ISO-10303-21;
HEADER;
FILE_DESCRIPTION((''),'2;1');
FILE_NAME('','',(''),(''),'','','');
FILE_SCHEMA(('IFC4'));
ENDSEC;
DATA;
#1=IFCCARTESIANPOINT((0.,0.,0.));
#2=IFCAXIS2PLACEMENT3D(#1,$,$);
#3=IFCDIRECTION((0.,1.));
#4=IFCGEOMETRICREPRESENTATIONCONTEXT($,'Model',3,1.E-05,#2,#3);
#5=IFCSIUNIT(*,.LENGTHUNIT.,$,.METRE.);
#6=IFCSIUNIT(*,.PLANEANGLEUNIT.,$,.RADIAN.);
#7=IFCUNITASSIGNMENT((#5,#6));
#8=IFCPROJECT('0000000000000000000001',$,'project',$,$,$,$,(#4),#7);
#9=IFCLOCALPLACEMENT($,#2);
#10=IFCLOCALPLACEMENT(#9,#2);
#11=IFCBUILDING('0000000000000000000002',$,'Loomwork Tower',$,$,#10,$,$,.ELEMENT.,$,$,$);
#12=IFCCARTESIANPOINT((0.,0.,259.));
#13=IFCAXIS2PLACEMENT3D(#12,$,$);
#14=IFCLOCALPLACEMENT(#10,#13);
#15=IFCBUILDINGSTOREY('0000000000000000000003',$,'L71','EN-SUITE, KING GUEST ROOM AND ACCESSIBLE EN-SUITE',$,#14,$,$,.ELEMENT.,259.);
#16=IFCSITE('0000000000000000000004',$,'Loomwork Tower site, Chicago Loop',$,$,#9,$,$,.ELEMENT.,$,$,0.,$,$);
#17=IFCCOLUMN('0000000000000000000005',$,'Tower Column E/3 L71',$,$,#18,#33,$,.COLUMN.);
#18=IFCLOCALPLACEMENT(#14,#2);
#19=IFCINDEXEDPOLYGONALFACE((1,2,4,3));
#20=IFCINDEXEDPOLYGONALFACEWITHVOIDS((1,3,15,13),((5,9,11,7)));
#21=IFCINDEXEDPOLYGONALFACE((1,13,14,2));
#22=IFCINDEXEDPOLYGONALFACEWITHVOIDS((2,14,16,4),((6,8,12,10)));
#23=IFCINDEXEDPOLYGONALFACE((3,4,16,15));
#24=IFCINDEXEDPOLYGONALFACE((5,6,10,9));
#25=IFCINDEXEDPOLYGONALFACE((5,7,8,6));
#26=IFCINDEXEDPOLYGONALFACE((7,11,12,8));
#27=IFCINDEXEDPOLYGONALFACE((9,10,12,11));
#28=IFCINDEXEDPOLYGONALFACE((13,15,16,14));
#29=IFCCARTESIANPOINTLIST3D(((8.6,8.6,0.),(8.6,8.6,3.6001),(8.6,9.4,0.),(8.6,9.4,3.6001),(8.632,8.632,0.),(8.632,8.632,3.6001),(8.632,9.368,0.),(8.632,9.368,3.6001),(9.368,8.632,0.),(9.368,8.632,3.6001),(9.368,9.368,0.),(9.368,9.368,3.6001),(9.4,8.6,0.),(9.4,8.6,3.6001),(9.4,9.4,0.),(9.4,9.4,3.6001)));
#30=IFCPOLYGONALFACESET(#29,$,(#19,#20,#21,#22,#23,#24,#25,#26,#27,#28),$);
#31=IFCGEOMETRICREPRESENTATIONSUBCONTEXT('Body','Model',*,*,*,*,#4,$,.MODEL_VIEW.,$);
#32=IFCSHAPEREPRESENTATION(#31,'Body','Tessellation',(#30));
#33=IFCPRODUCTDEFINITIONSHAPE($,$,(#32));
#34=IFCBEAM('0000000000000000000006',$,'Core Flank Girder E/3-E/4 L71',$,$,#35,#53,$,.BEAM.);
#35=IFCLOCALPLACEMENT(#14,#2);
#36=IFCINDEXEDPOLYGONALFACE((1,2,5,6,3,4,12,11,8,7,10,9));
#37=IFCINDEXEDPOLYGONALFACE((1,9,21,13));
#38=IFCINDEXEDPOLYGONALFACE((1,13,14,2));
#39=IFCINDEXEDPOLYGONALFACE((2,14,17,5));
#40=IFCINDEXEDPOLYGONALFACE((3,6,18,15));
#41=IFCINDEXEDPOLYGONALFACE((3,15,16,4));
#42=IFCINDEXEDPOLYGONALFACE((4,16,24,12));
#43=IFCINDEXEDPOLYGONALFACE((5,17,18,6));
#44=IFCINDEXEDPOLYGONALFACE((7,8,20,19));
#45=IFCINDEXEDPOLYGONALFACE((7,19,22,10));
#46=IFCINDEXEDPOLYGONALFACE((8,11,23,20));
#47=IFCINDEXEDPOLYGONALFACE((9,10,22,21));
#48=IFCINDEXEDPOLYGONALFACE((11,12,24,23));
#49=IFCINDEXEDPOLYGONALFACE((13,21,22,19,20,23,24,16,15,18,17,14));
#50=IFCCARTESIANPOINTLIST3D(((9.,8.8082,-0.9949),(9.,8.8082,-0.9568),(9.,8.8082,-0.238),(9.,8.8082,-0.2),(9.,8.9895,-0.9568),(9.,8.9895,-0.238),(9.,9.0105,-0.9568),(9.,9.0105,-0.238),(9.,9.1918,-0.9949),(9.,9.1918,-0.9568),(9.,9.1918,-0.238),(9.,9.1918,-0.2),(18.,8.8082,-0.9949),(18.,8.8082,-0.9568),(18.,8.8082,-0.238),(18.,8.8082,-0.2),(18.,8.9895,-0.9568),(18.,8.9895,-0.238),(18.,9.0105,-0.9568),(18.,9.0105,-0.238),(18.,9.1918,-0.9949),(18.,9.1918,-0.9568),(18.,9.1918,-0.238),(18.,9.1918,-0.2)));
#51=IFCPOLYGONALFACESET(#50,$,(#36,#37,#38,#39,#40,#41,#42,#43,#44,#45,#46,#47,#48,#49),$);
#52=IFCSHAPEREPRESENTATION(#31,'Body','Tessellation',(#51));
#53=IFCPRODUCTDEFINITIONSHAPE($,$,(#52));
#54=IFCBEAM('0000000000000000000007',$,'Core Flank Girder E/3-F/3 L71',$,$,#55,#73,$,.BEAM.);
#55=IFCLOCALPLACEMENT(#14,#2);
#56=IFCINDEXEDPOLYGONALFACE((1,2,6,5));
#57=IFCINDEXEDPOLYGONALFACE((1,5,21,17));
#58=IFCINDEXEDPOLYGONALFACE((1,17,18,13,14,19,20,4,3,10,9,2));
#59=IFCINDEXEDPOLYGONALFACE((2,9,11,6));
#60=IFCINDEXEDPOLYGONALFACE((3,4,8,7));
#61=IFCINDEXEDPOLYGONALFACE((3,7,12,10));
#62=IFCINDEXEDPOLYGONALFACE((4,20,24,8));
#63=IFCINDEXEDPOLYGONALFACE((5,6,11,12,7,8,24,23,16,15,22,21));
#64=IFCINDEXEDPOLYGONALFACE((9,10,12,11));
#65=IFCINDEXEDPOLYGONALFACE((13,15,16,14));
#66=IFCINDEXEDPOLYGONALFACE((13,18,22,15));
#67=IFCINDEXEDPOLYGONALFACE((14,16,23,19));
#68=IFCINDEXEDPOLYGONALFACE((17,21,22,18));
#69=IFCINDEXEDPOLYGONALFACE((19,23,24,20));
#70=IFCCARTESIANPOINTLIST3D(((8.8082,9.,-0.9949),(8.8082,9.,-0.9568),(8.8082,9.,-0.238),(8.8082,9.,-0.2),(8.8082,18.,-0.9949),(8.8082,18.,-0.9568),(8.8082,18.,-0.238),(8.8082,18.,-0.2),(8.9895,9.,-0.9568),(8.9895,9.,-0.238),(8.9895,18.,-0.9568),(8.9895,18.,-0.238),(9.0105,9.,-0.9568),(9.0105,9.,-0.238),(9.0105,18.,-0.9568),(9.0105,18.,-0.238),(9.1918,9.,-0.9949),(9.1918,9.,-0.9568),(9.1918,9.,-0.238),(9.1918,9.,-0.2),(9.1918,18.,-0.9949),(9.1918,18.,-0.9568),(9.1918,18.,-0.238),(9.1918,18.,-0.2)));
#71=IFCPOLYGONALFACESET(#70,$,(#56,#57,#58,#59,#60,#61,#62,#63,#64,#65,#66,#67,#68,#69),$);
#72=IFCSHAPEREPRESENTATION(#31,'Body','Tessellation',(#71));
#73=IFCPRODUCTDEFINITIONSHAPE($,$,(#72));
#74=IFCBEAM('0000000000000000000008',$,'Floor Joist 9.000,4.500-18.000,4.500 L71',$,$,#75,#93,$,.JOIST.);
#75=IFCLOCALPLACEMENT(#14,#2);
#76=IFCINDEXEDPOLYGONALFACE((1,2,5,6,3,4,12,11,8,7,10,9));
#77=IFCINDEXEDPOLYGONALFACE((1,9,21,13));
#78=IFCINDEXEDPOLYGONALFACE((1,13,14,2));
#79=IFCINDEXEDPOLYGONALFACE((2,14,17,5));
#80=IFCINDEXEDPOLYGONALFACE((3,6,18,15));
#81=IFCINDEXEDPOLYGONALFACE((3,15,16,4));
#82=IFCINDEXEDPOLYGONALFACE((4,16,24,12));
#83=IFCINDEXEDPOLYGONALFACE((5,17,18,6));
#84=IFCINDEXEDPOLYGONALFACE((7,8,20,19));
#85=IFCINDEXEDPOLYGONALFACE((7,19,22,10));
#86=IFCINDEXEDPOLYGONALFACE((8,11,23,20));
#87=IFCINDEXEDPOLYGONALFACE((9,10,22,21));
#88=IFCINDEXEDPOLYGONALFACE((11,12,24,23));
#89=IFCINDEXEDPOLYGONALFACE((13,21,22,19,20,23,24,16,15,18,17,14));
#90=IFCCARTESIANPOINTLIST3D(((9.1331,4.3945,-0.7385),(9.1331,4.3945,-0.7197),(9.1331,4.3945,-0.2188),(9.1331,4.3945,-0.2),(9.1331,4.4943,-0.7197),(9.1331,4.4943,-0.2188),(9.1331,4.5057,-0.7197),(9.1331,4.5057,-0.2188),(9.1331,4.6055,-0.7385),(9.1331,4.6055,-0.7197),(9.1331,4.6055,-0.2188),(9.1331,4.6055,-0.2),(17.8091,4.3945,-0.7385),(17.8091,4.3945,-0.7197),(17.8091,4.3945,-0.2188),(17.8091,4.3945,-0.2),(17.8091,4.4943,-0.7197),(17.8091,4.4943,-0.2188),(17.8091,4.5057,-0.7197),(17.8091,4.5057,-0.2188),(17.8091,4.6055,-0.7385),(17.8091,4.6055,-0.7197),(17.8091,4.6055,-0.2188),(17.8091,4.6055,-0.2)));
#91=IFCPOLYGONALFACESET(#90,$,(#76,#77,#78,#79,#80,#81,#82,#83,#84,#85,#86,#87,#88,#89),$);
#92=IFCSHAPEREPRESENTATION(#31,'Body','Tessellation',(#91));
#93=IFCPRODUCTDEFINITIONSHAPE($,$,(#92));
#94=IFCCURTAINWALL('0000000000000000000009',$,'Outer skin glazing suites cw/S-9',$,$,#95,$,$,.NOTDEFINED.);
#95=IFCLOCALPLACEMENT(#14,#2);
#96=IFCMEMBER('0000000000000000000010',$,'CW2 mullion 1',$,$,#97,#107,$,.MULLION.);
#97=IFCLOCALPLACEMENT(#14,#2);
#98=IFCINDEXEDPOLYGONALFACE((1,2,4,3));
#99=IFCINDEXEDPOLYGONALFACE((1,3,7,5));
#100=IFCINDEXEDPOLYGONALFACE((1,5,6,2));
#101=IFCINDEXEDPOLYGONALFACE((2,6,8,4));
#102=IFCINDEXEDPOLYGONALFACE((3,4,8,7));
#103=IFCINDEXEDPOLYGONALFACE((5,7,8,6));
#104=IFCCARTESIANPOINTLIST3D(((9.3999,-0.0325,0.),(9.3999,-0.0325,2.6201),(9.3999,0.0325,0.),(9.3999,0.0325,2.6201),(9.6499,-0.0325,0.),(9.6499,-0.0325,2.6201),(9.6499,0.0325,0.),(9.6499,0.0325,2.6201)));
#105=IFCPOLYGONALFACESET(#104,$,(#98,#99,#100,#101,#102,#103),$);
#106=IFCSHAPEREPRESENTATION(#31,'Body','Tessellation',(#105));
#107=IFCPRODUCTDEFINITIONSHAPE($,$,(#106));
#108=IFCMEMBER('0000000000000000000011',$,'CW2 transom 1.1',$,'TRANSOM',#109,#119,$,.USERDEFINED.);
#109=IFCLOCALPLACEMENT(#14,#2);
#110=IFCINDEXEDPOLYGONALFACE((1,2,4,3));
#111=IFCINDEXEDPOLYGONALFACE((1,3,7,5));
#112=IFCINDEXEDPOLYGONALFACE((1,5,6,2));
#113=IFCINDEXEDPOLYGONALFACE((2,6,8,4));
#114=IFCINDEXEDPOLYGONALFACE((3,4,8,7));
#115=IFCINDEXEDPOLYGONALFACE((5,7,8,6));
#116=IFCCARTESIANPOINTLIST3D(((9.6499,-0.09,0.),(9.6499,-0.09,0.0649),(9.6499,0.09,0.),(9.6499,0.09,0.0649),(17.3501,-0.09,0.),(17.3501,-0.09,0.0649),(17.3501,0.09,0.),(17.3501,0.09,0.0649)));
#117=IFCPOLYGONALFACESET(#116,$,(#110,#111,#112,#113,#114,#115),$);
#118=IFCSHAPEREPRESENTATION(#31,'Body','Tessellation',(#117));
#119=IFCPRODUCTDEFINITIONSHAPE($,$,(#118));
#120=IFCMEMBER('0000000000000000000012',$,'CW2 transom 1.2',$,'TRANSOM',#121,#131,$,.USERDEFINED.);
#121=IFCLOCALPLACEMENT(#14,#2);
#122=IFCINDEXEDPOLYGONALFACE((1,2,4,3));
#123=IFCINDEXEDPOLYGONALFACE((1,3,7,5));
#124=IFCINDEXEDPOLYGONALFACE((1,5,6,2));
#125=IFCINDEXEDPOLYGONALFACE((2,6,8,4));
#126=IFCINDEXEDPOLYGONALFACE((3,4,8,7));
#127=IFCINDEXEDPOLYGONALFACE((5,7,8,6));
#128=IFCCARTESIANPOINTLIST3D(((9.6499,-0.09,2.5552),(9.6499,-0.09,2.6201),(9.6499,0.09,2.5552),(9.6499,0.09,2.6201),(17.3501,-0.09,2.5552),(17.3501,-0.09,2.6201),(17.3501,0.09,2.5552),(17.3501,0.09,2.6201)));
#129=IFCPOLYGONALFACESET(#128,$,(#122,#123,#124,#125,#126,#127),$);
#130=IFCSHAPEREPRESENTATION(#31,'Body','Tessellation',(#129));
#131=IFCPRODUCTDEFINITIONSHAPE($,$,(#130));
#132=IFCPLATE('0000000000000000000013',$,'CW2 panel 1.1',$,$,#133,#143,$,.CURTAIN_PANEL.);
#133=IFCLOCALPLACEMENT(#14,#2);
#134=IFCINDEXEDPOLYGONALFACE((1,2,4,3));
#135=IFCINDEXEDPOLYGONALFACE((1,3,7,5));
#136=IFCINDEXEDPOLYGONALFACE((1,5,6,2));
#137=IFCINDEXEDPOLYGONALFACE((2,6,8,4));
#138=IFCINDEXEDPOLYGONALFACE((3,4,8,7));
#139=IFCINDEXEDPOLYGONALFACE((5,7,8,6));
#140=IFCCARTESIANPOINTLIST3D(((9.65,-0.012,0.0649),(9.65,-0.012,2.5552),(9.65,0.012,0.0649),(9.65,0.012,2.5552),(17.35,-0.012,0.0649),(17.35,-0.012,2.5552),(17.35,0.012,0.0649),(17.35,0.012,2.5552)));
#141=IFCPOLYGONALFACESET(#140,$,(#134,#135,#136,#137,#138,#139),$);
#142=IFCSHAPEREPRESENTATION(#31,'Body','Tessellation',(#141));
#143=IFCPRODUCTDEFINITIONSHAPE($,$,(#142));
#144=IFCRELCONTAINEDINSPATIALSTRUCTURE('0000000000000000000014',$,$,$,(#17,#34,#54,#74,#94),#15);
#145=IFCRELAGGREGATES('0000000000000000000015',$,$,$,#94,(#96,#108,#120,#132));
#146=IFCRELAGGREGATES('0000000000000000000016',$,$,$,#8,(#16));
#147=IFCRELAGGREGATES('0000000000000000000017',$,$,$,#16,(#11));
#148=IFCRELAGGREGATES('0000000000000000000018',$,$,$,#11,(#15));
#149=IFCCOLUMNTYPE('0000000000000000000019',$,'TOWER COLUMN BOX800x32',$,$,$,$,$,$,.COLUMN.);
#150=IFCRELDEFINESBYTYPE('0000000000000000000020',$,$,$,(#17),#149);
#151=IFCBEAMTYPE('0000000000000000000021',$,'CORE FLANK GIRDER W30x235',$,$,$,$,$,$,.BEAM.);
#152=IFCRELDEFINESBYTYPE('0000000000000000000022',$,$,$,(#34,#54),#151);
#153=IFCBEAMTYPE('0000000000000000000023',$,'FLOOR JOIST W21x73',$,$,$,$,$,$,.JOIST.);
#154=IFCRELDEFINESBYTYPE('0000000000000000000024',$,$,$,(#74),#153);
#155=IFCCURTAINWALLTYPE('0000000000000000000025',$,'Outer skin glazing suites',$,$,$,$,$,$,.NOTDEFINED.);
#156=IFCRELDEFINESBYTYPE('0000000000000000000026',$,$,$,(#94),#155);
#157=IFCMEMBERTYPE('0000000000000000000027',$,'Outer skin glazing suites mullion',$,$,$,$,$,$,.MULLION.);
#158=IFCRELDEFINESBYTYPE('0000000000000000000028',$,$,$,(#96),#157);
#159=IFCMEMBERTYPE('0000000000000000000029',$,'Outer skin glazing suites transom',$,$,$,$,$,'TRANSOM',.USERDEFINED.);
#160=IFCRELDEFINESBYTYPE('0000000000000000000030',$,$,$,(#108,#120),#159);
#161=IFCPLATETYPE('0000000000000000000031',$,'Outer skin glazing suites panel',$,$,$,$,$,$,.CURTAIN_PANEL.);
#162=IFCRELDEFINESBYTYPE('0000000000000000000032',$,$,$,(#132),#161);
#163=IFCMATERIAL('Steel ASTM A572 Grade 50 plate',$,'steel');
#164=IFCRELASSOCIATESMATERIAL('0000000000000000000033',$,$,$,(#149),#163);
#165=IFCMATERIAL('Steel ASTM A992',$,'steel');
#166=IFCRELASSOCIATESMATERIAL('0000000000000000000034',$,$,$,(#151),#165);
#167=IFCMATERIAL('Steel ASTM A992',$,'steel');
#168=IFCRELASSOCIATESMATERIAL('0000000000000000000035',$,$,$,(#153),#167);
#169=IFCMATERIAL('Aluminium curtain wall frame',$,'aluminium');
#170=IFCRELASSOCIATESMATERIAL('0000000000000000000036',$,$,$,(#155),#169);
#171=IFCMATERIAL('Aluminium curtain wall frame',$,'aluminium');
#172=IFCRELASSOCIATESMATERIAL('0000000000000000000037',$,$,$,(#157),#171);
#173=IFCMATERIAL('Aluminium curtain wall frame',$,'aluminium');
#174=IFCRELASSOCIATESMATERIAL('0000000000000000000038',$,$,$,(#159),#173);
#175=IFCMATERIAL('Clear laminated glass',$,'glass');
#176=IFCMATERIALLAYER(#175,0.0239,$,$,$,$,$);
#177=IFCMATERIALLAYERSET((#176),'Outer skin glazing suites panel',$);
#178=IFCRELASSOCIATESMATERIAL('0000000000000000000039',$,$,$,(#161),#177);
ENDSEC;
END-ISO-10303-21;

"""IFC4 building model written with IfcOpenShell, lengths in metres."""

from ifc_helpers import new_model, si_unit, direction, frame, origin, origin_2d, place, context, subcontext, project, spatial, rectangle, hollow_rectangle, i_section, extrude, material, layer, layer_set, material_profile, profile_set, type_object, element, aggregate, save


model = new_model("IFC4")

# Units and contexts
model_context = context("Model", 3, precision=1e-05, world=origin(), true_north=direction((0.0, 1.0)))
body_context = subcontext(model_context, "Body", "Model", "MODEL_VIEW")
ifc_project = project(units=[si_unit("LENGTHUNIT", "METRE"), si_unit("PLANEANGLEUNIT", "RADIAN")], contexts=[model_context])

# Site, building, storey
site_placement = place(None, origin())
site = spatial("IfcSite", under=ifc_project, at=site_placement, Name="Loomwork Tower site, Chicago Loop", CompositionType="ELEMENT", RefElevation=0.0)
building_placement = place(site_placement, origin())
building = spatial("IfcBuilding", under=site, at=building_placement, Name="Loomwork Tower", CompositionType="ELEMENT")
storey_placement = place(building_placement, frame((0.0, 0.0, 259.0)))
storey = spatial("IfcBuildingStorey", under=building, at=storey_placement, Name="L71", Description="EN-SUITE, KING GUEST ROOM AND ACCESSIBLE EN-SUITE", CompositionType="ELEMENT", Elevation=259.0)

# Column
ifc_material_1 = material(Name="Steel ASTM A572 Grade 50 plate", Category="steel")
ifc_material_profile_1 = material_profile(ifc_material_1, hollow_rectangle(XDim=0.8, YDim=0.8, WallThickness=0.032, at=origin_2d()), Name="BOX800x32")
ifc_profile_set_1 = profile_set([ifc_material_profile_1], Name="Steel ASTM A572 Grade 50 plate")
column_type = type_object("IfcColumnType", Name="TOWER COLUMN BOX800x32", PredefinedType="COLUMN", material=ifc_profile_set_1)
column_placement = place(storey_placement, frame((9.0, 9.0, 0.0), z_axis=(0.0, 0.0, 1.0), x_axis=(1.0, 0.0, 0.0)))
element("IfcColumn", 1, at=column_placement, inside=storey, type_object=column_type, Name="Tower Column E/3 L71", PredefinedType="COLUMN", context=body_context, shape_type="SweptSolid", body=[
    extrude(hollow_rectangle(XDim=0.8, YDim=0.8, WallThickness=0.032, at=origin_2d()), origin(), (0.0, 0.0, 1.0), 3.6001),
])

# Beams
ifc_material_2 = material(Name="Steel ASTM A992", Category="steel")
ifc_material_profile_2 = material_profile(ifc_material_2, i_section(OverallWidth=0.3835, OverallDepth=0.7949, WebThickness=0.021, FlangeThickness=0.0381, at=origin_2d()), Name="W30x235")
ifc_profile_set_2 = profile_set([ifc_material_profile_2], Name="Steel ASTM A992")
beam_type_1 = type_object("IfcBeamType", Name="CORE FLANK GIRDER W30x235", PredefinedType="BEAM", material=ifc_profile_set_2)
for number, where, z_axis, x_axis, name in (
    (2, (9.0, 9.0, -0.5974), (1.0, 0.0, 0.0), (0.0, 1.0, 0.0), "Core Flank Girder E/3-E/4 L71"),
    (3, (9.0, 9.0, -0.5974), (0.0, 1.0, 0.0), (-1.0, 0.0, 0.0), "Core Flank Girder E/3-F/3 L71"),
):
    element("IfcBeam", number, at=place(storey_placement, frame(where, z_axis=z_axis, x_axis=x_axis)), inside=storey, type_object=beam_type_1, Name=name, PredefinedType="BEAM", context=body_context, shape_type="SweptSolid", body=[
        extrude(i_section(OverallWidth=0.3835, OverallDepth=0.7949, WebThickness=0.021, FlangeThickness=0.0381, at=origin_2d()), origin(), (0.0, 0.0, 1.0), 9.0),
    ])
ifc_material_3 = material(Name="Steel ASTM A992", Category="steel")
ifc_material_profile_3 = material_profile(ifc_material_3, i_section(OverallWidth=0.2109, OverallDepth=0.5386, WebThickness=0.0115, FlangeThickness=0.0188, at=origin_2d()), Name="W21x73")
ifc_profile_set_3 = profile_set([ifc_material_profile_3], Name="Steel ASTM A992")
beam_type_2 = type_object("IfcBeamType", Name="FLOOR JOIST W21x73", PredefinedType="JOIST", material=ifc_profile_set_3)
beam_placement = place(storey_placement, frame((9.1331, 4.5, -0.4692), z_axis=(1.0, 0.0, 0.0), x_axis=(0.0, 1.0, 0.0)))
element("IfcBeam", 4, at=beam_placement, inside=storey, type_object=beam_type_2, Name="Floor Joist 9.000,4.500-18.000,4.500 L71", PredefinedType="JOIST", context=body_context, shape_type="SweptSolid", body=[
    extrude(i_section(OverallWidth=0.2109, OverallDepth=0.5386, WebThickness=0.0115, FlangeThickness=0.0188, at=origin_2d()), origin(), (0.0, 0.0, 1.0), 8.676),
])

# Curtain wall, members, plate
ifc_material_4 = material(Name="Aluminium curtain wall frame", Category="aluminium")
curtain_wall_type = type_object("IfcCurtainWallType", Name="Outer skin glazing suites", PredefinedType="NOTDEFINED", material=ifc_material_4)
curtain_wall_placement = place(storey_placement, origin())
curtain_wall = element("IfcCurtainWall", 5, at=curtain_wall_placement, inside=storey, type_object=curtain_wall_type, Name="Outer skin glazing suites cw/S-9", PredefinedType="NOTDEFINED")
ifc_material_5 = material(Name="Aluminium curtain wall frame", Category="aluminium")
ifc_material_profile_4 = material_profile(ifc_material_5, rectangle(XDim=0.0649, YDim=0.25, at=origin_2d()), Name="AL 65x250")
ifc_profile_set_4 = profile_set([ifc_material_profile_4], Name="Aluminium curtain wall frame")
member_type_1 = type_object("IfcMemberType", Name="Outer skin glazing suites mullion", PredefinedType="MULLION", material=ifc_profile_set_4)
member_1_placement = place(storey_placement, frame((9.5249, 0.0, 0.0), z_axis=(0.0, 0.0, 1.0), x_axis=(0.0, 1.0, 0.0)))
member_1 = element("IfcMember", 6, at=member_1_placement, type_object=member_type_1, Name="CW2 mullion 1", PredefinedType="MULLION", context=body_context, shape_type="SweptSolid", body=[
    extrude(rectangle(XDim=0.0649, YDim=0.25, at=origin_2d()), origin(), (0.0, 0.0, 1.0), 2.6201),
])
ifc_material_6 = material(Name="Aluminium curtain wall frame", Category="aluminium")
ifc_material_profile_5 = material_profile(ifc_material_6, rectangle(XDim=0.1799, YDim=0.0649, at=origin_2d()), Name="AL 65x180")
ifc_profile_set_5 = profile_set([ifc_material_profile_5], Name="Aluminium curtain wall frame")
member_type_2 = type_object("IfcMemberType", Name="Outer skin glazing suites transom", ElementType="TRANSOM", PredefinedType="USERDEFINED", material=ifc_profile_set_5)
member_2_placement = place(storey_placement, frame((9.6499, 0.0, 0.0325), z_axis=(1.0, 0.0, 0.0), x_axis=(0.0, 1.0, 0.0)))
member_2 = element("IfcMember", 7, at=member_2_placement, type_object=member_type_2, Name="CW2 transom 1.1", ObjectType="TRANSOM", PredefinedType="USERDEFINED", context=body_context, shape_type="SweptSolid", body=[
    extrude(rectangle(XDim=0.1799, YDim=0.0649, at=origin_2d()), origin(), (0.0, 0.0, 1.0), 7.7002),
])
member_3_placement = place(storey_placement, frame((9.6499, 0.0, 2.5876), z_axis=(1.0, 0.0, 0.0), x_axis=(0.0, 1.0, 0.0)))
member_3 = element("IfcMember", 8, at=member_3_placement, type_object=member_type_2, Name="CW2 transom 1.2", ObjectType="TRANSOM", PredefinedType="USERDEFINED", context=body_context, shape_type="SweptSolid", body=[
    extrude(rectangle(XDim=0.1799, YDim=0.0649, at=origin_2d()), origin(), (0.0, 0.0, 1.0), 7.7002),
])
ifc_material_7 = material(Name="Clear laminated glass", Category="glass")
ifc_layer_1 = layer(ifc_material_7, 0.0239)
ifc_layer_set_1 = layer_set([ifc_layer_1], Name="Outer skin glazing suites panel")
plate_type = type_object("IfcPlateType", Name="Outer skin glazing suites panel", PredefinedType="CURTAIN_PANEL", material=ifc_layer_set_1)
plate_placement = place(storey_placement, frame((13.5, 0.0, 0.0649), z_axis=(0.0, 0.0, 1.0), x_axis=(1.0, 0.0, 0.0)))
plate = element("IfcPlate", 9, at=plate_placement, type_object=plate_type, Name="CW2 panel 1.1", PredefinedType="CURTAIN_PANEL", context=body_context, shape_type="SweptSolid", body=[
    extrude(rectangle(XDim=7.7, YDim=0.0239, at=origin_2d()), origin(), (0.0, 0.0, 1.0), 2.4902),
])
aggregate(curtain_wall, [member_1, member_2, member_3, plate])

save(model, "model.ifc")
